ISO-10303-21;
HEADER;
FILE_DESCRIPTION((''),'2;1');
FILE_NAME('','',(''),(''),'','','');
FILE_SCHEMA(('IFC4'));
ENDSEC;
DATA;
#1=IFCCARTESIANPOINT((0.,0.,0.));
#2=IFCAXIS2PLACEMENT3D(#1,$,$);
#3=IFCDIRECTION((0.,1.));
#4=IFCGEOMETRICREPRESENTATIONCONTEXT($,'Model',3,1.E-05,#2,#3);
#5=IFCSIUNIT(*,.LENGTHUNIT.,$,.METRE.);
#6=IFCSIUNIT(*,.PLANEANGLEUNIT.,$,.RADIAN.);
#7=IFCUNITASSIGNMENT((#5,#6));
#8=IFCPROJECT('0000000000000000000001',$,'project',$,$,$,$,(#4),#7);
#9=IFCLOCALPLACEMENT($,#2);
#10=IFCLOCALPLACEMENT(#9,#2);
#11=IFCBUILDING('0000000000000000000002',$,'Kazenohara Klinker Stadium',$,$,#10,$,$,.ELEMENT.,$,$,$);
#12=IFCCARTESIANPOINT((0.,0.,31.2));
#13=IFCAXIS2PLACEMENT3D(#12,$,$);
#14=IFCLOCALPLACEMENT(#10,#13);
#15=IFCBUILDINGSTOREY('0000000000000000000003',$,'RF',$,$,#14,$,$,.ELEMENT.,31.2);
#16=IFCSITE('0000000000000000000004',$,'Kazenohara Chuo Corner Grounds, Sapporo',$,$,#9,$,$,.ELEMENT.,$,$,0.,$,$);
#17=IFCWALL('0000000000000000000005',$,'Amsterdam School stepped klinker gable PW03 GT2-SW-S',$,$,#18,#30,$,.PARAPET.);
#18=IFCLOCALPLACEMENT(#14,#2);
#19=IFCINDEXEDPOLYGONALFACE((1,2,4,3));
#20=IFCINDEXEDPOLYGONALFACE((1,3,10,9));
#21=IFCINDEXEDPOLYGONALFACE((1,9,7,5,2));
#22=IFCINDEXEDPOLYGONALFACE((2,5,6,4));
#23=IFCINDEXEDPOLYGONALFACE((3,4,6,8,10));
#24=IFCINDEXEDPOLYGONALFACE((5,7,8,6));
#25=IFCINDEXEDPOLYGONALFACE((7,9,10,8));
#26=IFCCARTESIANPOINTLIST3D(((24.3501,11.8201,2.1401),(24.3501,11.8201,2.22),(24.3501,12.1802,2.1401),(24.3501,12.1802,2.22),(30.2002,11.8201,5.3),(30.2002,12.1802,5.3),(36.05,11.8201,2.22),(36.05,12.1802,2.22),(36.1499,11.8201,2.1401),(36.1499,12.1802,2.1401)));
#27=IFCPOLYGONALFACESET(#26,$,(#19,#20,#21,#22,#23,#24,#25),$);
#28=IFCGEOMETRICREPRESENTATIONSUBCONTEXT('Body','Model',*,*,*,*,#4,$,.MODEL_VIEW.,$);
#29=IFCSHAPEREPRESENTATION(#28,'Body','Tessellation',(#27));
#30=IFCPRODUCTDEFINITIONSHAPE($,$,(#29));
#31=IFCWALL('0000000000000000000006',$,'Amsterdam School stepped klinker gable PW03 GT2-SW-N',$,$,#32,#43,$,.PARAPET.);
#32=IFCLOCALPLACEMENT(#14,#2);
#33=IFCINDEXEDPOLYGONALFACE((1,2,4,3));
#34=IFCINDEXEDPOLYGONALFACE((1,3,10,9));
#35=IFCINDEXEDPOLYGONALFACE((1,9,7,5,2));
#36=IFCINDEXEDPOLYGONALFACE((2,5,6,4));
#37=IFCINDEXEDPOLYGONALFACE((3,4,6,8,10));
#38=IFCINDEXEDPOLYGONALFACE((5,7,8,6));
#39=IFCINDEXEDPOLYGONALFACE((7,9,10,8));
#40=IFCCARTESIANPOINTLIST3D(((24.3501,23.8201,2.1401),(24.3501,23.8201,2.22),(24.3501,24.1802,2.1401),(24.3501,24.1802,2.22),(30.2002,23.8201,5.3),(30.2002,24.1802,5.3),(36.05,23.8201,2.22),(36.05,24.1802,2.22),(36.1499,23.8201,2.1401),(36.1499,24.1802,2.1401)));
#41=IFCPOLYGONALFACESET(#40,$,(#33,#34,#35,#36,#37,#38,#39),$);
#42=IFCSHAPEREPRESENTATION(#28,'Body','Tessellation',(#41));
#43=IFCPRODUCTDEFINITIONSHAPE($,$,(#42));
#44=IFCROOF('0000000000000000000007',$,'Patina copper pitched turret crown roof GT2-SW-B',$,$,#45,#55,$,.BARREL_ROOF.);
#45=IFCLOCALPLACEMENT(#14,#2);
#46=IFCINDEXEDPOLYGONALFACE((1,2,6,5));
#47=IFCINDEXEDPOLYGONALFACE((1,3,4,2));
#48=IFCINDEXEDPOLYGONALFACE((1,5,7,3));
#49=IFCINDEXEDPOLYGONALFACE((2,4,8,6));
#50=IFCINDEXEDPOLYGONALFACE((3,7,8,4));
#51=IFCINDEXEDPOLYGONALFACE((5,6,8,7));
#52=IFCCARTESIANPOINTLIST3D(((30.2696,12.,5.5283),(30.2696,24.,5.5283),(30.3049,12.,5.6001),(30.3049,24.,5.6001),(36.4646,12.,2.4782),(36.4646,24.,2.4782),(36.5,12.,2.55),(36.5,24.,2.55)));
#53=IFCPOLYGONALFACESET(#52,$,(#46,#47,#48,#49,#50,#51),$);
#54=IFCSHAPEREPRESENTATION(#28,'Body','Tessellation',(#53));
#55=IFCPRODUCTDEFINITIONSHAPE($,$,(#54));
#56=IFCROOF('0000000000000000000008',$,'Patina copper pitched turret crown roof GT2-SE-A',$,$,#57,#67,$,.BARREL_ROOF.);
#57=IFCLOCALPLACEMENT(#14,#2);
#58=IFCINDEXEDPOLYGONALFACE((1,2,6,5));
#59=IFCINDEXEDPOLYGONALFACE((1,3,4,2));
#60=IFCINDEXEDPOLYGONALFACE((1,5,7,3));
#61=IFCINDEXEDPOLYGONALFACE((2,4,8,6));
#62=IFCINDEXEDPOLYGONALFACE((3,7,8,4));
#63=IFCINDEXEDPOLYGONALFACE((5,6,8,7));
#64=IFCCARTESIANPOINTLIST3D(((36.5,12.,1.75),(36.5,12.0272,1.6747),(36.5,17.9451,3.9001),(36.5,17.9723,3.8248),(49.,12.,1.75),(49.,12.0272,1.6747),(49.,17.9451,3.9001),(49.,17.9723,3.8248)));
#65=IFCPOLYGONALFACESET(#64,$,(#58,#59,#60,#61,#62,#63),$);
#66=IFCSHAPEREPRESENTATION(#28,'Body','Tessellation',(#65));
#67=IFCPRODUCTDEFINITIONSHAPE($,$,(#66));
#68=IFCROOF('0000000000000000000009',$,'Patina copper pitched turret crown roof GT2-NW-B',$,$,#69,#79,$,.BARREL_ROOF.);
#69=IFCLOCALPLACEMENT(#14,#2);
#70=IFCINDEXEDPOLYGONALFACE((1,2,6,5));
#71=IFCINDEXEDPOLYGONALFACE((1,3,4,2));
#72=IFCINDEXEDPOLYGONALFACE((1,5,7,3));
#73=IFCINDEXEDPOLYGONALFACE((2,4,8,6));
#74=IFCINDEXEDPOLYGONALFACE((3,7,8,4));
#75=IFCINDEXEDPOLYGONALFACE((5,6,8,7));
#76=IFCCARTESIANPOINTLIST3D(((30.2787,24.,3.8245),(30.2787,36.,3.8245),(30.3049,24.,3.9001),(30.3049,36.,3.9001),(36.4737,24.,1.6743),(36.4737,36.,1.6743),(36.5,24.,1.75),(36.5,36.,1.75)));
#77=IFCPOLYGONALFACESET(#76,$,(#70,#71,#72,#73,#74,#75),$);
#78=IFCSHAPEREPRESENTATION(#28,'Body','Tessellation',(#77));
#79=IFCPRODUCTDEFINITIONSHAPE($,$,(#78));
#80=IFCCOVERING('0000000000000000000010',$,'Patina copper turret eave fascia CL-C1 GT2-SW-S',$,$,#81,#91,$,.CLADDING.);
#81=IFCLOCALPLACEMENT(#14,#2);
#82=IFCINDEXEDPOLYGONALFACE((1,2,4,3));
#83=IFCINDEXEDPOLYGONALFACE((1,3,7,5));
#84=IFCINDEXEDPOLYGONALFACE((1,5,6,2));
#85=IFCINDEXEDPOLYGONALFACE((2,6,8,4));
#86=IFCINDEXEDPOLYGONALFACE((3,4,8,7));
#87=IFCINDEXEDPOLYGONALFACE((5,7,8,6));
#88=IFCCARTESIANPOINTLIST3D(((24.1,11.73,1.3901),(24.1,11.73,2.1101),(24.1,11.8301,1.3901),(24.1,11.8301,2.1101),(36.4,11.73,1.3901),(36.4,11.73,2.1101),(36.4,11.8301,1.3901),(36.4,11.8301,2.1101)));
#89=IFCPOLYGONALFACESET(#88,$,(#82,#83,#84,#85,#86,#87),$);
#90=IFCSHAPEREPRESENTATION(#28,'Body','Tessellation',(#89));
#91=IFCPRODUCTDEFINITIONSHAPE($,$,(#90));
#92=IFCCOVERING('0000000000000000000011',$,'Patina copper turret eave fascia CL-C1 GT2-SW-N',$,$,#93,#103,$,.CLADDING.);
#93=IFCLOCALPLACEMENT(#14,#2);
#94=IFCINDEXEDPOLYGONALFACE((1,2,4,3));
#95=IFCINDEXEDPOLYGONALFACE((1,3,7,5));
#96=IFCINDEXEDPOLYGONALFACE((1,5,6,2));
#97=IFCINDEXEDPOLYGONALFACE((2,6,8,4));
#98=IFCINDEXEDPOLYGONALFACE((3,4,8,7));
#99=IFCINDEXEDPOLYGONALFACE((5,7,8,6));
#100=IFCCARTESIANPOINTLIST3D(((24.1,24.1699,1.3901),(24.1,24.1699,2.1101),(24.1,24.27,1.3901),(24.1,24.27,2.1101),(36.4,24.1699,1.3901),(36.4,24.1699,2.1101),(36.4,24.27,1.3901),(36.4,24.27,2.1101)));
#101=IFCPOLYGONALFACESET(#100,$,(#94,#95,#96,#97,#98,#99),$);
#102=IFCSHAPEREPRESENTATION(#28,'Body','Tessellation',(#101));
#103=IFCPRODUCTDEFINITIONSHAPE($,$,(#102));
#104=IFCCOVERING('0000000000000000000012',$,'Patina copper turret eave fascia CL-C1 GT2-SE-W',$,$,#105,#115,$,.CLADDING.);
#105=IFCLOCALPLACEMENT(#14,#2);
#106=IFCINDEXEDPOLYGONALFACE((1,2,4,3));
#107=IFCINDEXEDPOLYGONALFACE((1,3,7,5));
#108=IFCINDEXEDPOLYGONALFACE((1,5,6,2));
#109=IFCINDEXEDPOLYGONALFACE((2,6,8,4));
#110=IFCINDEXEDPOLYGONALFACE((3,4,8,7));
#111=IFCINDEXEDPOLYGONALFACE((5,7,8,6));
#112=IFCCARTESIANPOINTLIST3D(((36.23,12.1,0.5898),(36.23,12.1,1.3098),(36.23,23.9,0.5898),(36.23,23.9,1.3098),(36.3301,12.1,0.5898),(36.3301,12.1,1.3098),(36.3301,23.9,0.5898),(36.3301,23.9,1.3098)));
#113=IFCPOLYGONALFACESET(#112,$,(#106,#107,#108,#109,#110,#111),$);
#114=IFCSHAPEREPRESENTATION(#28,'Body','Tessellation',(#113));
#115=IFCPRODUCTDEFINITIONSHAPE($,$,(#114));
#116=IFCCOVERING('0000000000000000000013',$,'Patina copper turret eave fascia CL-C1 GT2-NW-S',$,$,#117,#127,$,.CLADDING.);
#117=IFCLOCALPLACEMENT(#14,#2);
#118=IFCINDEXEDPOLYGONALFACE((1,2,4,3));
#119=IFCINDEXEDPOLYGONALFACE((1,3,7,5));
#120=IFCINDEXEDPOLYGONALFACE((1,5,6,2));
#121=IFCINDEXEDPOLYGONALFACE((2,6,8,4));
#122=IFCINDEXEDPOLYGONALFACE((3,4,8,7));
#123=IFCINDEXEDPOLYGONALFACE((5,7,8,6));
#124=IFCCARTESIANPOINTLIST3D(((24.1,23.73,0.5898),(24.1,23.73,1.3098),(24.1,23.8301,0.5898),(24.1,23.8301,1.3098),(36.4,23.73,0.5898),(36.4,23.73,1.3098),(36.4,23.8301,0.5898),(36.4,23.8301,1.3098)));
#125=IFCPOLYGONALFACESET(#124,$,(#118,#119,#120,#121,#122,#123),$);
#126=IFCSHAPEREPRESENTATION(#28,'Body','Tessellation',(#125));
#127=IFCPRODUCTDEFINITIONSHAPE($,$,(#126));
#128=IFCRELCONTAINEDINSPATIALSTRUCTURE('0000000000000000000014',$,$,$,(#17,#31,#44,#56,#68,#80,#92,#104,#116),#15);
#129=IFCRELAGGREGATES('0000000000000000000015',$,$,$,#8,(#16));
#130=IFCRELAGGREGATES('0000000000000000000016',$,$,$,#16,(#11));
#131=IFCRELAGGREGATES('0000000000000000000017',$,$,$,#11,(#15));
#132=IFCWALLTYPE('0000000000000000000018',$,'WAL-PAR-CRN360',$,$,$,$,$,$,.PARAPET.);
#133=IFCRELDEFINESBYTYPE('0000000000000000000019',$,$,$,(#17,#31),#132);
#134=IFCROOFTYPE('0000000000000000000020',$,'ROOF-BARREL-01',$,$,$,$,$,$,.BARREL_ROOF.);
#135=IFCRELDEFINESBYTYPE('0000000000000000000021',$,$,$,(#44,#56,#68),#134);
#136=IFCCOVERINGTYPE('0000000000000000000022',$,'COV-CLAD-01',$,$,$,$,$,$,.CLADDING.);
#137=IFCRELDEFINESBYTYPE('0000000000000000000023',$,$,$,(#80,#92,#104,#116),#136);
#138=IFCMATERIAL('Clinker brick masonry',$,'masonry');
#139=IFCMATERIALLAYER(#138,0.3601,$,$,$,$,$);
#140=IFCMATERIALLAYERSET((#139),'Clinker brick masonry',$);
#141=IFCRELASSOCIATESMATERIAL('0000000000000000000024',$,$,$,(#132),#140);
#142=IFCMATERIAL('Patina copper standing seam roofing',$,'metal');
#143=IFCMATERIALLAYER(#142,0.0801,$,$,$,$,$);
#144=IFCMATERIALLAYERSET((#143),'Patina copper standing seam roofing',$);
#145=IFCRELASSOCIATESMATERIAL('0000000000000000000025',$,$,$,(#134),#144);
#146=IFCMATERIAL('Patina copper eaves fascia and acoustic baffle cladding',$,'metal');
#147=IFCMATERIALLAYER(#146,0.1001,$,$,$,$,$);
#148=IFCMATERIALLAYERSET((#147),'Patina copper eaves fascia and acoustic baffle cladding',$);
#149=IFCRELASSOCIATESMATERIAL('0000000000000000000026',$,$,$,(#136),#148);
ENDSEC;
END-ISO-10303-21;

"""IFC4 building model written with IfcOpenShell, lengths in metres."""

from ifc_helpers import new_model, si_unit, direction, frame, origin, origin_2d, place, context, subcontext, project, spatial, polyline, rectangle, outline, extrude, material, layer, layer_set, type_object, element, save


model = new_model("IFC4")

# Units and contexts
model_context = context("Model", 3, precision=1e-05, world=origin(), true_north=direction((0.0, 1.0)))
body_context = subcontext(model_context, "Body", "Model", "MODEL_VIEW")
ifc_project = project(units=[si_unit("LENGTHUNIT", "METRE"), si_unit("PLANEANGLEUNIT", "RADIAN")], contexts=[model_context])

# Site, building, storey
site_placement = place(None, origin())
site = spatial("IfcSite", under=ifc_project, at=site_placement, Name="Kazenohara Chuo Corner Grounds, Sapporo", CompositionType="ELEMENT", RefElevation=0.0)
building_placement = place(site_placement, origin())
building = spatial("IfcBuilding", under=site, at=building_placement, Name="Kazenohara Klinker Stadium", CompositionType="ELEMENT")
storey_placement = place(building_placement, frame((0.0, 0.0, 31.2)))
storey = spatial("IfcBuildingStorey", under=building, at=storey_placement, Name="RF", CompositionType="ELEMENT", Elevation=31.2)

# Walls
ifc_material_1 = material(Name="Clinker brick masonry", Category="masonry")
ifc_layer_1 = layer(ifc_material_1, 0.3601)
ifc_layer_set_1 = layer_set([ifc_layer_1], Name="Clinker brick masonry")
wall_type = type_object("IfcWallType", Name="WAL-PAR-CRN360", PredefinedType="PARAPET", material=ifc_layer_set_1)
for number, where, z_axis, x_axis, name in (
    (1, (24.3501, 12.0, 2.1401), (0.0, 0.0, 1.0), (1.0, 0.0, 0.0), "Amsterdam School stepped klinker gable PW03 GT2-SW-S"),
    (2, (24.3501, 24.0, 2.1401), (0.0, 0.0, 1.0), (1.0, 0.0, 0.0), "Amsterdam School stepped klinker gable PW03 GT2-SW-N"),
):
    element("IfcWall", number, at=place(storey_placement, frame(where, z_axis=z_axis, x_axis=x_axis)), inside=storey, type_object=wall_type, Name=name, PredefinedType="PARAPET", context=body_context, shape_type="SweptSolid", body=[
        extrude(outline(polyline([(0.0, 0.0), (11.7998, 0.0), (11.7, 0.0798), (5.8501, 3.1599), (0.0, 0.0798), (0.0, 0.0)])), frame((0.0, 0.1802, 0.0), z_axis=(0.0, -1.0, 0.0), x_axis=(1.0, 0.0, 0.0)), (0.0, 0.0, 1.0), 0.3601),
    ])

# Roofs
ifc_material_2 = material(Name="Patina copper standing seam roofing", Category="metal")
ifc_layer_2 = layer(ifc_material_2, 0.0801)
ifc_layer_set_2 = layer_set([ifc_layer_2], Name="Patina copper standing seam roofing")
roof_type = type_object("IfcRoofType", Name="ROOF-BARREL-01", PredefinedType="BARREL_ROOF", material=ifc_layer_set_2)
roof_1_placement = place(storey_placement, frame((30.3049, 12.0, 5.6001), z_axis=(0.441704, 0.0, 0.897161), x_axis=(0.897161, 0.0, -0.441704)))
element("IfcRoof", 3, at=roof_1_placement, inside=storey, type_object=roof_type, Name="Patina copper pitched turret crown roof GT2-SW-B", PredefinedType="BARREL_ROOF", context=body_context, shape_type="SweptSolid", body=[
    extrude(outline(polyline([(0.0, 0.0), (6.9052, 0.0), (6.9052, 12.0), (0.0, 12.0), (0.0, 0.0)])), origin(), (0.0, 0.0, -1.0), 0.0801),
])
roof_2_placement = place(storey_placement, frame((36.5, 12.0, 1.75), z_axis=(0.0, -0.340108, 0.940386), x_axis=(1.0, 0.0, 0.0)))
element("IfcRoof", 4, at=roof_2_placement, inside=storey, type_object=roof_type, Name="Patina copper pitched turret crown roof GT2-SE-A", PredefinedType="BARREL_ROOF", context=body_context, shape_type="SweptSolid", body=[
    extrude(outline(polyline([(0.0, 0.0), (12.5, 0.0), (12.5, 6.3219), (0.0, 6.3219), (0.0, 0.0)])), origin(), (0.0, 0.0, -1.0), 0.0801),
])
roof_3_placement = place(storey_placement, frame((30.3049, 24.0, 3.9001), z_axis=(0.327887, 0.0, 0.944717), x_axis=(0.944717, 0.0, -0.327887)))
element("IfcRoof", 5, at=roof_3_placement, inside=storey, type_object=roof_type, Name="Patina copper pitched turret crown roof GT2-NW-B", PredefinedType="BARREL_ROOF", context=body_context, shape_type="SweptSolid", body=[
    extrude(outline(polyline([(0.0, 0.0), (6.5576, 0.0), (6.5576, 12.0), (0.0, 12.0), (0.0, 0.0)])), origin(), (0.0, 0.0, -1.0), 0.0801),
])

# Coverings
ifc_material_3 = material(Name="Patina copper eaves fascia and acoustic baffle cladding", Category="metal")
ifc_layer_3 = layer(ifc_material_3, 0.1001)
ifc_layer_set_3 = layer_set([ifc_layer_3], Name="Patina copper eaves fascia and acoustic baffle cladding")
covering_type = type_object("IfcCoveringType", Name="COV-CLAD-01", PredefinedType="CLADDING", material=ifc_layer_set_3)
for number, where, z_axis, x_axis, name in (
    (6, (30.25, 11.78, 1.3901), (0.0, 0.0, 1.0), (1.0, 0.0, 0.0), "Patina copper turret eave fascia CL-C1 GT2-SW-S"),
    (7, (30.25, 24.22, 1.3901), (0.0, 0.0, 1.0), (1.0, 0.0, 0.0), "Patina copper turret eave fascia CL-C1 GT2-SW-N"),
):
    element("IfcCovering", number, at=place(storey_placement, frame(where, z_axis=z_axis, x_axis=x_axis)), inside=storey, type_object=covering_type, Name=name, PredefinedType="CLADDING", context=body_context, shape_type="SweptSolid", body=[
        extrude(rectangle(XDim=12.3, YDim=0.1001, at=origin_2d()), origin(), (0.0, 0.0, 1.0), 0.72),
    ])
covering_1_placement = place(storey_placement, frame((36.28, 18.0, 0.5898), z_axis=(0.0, 0.0, 1.0), x_axis=(1.0, 0.0, 0.0)))
element("IfcCovering", 8, at=covering_1_placement, inside=storey, type_object=covering_type, Name="Patina copper turret eave fascia CL-C1 GT2-SE-W", PredefinedType="CLADDING", context=body_context, shape_type="SweptSolid", body=[
    extrude(rectangle(XDim=0.1001, YDim=11.8, at=origin_2d()), origin(), (0.0, 0.0, 1.0), 0.72),
])
covering_2_placement = place(storey_placement, frame((30.25, 23.78, 0.5898), z_axis=(0.0, 0.0, 1.0), x_axis=(1.0, 0.0, 0.0)))
element("IfcCovering", 9, at=covering_2_placement, inside=storey, type_object=covering_type, Name="Patina copper turret eave fascia CL-C1 GT2-NW-S", PredefinedType="CLADDING", context=body_context, shape_type="SweptSolid", body=[
    extrude(rectangle(XDim=12.3, YDim=0.1001, at=origin_2d()), origin(), (0.0, 0.0, 1.0), 0.72),
])

save(model, "model.ifc")
